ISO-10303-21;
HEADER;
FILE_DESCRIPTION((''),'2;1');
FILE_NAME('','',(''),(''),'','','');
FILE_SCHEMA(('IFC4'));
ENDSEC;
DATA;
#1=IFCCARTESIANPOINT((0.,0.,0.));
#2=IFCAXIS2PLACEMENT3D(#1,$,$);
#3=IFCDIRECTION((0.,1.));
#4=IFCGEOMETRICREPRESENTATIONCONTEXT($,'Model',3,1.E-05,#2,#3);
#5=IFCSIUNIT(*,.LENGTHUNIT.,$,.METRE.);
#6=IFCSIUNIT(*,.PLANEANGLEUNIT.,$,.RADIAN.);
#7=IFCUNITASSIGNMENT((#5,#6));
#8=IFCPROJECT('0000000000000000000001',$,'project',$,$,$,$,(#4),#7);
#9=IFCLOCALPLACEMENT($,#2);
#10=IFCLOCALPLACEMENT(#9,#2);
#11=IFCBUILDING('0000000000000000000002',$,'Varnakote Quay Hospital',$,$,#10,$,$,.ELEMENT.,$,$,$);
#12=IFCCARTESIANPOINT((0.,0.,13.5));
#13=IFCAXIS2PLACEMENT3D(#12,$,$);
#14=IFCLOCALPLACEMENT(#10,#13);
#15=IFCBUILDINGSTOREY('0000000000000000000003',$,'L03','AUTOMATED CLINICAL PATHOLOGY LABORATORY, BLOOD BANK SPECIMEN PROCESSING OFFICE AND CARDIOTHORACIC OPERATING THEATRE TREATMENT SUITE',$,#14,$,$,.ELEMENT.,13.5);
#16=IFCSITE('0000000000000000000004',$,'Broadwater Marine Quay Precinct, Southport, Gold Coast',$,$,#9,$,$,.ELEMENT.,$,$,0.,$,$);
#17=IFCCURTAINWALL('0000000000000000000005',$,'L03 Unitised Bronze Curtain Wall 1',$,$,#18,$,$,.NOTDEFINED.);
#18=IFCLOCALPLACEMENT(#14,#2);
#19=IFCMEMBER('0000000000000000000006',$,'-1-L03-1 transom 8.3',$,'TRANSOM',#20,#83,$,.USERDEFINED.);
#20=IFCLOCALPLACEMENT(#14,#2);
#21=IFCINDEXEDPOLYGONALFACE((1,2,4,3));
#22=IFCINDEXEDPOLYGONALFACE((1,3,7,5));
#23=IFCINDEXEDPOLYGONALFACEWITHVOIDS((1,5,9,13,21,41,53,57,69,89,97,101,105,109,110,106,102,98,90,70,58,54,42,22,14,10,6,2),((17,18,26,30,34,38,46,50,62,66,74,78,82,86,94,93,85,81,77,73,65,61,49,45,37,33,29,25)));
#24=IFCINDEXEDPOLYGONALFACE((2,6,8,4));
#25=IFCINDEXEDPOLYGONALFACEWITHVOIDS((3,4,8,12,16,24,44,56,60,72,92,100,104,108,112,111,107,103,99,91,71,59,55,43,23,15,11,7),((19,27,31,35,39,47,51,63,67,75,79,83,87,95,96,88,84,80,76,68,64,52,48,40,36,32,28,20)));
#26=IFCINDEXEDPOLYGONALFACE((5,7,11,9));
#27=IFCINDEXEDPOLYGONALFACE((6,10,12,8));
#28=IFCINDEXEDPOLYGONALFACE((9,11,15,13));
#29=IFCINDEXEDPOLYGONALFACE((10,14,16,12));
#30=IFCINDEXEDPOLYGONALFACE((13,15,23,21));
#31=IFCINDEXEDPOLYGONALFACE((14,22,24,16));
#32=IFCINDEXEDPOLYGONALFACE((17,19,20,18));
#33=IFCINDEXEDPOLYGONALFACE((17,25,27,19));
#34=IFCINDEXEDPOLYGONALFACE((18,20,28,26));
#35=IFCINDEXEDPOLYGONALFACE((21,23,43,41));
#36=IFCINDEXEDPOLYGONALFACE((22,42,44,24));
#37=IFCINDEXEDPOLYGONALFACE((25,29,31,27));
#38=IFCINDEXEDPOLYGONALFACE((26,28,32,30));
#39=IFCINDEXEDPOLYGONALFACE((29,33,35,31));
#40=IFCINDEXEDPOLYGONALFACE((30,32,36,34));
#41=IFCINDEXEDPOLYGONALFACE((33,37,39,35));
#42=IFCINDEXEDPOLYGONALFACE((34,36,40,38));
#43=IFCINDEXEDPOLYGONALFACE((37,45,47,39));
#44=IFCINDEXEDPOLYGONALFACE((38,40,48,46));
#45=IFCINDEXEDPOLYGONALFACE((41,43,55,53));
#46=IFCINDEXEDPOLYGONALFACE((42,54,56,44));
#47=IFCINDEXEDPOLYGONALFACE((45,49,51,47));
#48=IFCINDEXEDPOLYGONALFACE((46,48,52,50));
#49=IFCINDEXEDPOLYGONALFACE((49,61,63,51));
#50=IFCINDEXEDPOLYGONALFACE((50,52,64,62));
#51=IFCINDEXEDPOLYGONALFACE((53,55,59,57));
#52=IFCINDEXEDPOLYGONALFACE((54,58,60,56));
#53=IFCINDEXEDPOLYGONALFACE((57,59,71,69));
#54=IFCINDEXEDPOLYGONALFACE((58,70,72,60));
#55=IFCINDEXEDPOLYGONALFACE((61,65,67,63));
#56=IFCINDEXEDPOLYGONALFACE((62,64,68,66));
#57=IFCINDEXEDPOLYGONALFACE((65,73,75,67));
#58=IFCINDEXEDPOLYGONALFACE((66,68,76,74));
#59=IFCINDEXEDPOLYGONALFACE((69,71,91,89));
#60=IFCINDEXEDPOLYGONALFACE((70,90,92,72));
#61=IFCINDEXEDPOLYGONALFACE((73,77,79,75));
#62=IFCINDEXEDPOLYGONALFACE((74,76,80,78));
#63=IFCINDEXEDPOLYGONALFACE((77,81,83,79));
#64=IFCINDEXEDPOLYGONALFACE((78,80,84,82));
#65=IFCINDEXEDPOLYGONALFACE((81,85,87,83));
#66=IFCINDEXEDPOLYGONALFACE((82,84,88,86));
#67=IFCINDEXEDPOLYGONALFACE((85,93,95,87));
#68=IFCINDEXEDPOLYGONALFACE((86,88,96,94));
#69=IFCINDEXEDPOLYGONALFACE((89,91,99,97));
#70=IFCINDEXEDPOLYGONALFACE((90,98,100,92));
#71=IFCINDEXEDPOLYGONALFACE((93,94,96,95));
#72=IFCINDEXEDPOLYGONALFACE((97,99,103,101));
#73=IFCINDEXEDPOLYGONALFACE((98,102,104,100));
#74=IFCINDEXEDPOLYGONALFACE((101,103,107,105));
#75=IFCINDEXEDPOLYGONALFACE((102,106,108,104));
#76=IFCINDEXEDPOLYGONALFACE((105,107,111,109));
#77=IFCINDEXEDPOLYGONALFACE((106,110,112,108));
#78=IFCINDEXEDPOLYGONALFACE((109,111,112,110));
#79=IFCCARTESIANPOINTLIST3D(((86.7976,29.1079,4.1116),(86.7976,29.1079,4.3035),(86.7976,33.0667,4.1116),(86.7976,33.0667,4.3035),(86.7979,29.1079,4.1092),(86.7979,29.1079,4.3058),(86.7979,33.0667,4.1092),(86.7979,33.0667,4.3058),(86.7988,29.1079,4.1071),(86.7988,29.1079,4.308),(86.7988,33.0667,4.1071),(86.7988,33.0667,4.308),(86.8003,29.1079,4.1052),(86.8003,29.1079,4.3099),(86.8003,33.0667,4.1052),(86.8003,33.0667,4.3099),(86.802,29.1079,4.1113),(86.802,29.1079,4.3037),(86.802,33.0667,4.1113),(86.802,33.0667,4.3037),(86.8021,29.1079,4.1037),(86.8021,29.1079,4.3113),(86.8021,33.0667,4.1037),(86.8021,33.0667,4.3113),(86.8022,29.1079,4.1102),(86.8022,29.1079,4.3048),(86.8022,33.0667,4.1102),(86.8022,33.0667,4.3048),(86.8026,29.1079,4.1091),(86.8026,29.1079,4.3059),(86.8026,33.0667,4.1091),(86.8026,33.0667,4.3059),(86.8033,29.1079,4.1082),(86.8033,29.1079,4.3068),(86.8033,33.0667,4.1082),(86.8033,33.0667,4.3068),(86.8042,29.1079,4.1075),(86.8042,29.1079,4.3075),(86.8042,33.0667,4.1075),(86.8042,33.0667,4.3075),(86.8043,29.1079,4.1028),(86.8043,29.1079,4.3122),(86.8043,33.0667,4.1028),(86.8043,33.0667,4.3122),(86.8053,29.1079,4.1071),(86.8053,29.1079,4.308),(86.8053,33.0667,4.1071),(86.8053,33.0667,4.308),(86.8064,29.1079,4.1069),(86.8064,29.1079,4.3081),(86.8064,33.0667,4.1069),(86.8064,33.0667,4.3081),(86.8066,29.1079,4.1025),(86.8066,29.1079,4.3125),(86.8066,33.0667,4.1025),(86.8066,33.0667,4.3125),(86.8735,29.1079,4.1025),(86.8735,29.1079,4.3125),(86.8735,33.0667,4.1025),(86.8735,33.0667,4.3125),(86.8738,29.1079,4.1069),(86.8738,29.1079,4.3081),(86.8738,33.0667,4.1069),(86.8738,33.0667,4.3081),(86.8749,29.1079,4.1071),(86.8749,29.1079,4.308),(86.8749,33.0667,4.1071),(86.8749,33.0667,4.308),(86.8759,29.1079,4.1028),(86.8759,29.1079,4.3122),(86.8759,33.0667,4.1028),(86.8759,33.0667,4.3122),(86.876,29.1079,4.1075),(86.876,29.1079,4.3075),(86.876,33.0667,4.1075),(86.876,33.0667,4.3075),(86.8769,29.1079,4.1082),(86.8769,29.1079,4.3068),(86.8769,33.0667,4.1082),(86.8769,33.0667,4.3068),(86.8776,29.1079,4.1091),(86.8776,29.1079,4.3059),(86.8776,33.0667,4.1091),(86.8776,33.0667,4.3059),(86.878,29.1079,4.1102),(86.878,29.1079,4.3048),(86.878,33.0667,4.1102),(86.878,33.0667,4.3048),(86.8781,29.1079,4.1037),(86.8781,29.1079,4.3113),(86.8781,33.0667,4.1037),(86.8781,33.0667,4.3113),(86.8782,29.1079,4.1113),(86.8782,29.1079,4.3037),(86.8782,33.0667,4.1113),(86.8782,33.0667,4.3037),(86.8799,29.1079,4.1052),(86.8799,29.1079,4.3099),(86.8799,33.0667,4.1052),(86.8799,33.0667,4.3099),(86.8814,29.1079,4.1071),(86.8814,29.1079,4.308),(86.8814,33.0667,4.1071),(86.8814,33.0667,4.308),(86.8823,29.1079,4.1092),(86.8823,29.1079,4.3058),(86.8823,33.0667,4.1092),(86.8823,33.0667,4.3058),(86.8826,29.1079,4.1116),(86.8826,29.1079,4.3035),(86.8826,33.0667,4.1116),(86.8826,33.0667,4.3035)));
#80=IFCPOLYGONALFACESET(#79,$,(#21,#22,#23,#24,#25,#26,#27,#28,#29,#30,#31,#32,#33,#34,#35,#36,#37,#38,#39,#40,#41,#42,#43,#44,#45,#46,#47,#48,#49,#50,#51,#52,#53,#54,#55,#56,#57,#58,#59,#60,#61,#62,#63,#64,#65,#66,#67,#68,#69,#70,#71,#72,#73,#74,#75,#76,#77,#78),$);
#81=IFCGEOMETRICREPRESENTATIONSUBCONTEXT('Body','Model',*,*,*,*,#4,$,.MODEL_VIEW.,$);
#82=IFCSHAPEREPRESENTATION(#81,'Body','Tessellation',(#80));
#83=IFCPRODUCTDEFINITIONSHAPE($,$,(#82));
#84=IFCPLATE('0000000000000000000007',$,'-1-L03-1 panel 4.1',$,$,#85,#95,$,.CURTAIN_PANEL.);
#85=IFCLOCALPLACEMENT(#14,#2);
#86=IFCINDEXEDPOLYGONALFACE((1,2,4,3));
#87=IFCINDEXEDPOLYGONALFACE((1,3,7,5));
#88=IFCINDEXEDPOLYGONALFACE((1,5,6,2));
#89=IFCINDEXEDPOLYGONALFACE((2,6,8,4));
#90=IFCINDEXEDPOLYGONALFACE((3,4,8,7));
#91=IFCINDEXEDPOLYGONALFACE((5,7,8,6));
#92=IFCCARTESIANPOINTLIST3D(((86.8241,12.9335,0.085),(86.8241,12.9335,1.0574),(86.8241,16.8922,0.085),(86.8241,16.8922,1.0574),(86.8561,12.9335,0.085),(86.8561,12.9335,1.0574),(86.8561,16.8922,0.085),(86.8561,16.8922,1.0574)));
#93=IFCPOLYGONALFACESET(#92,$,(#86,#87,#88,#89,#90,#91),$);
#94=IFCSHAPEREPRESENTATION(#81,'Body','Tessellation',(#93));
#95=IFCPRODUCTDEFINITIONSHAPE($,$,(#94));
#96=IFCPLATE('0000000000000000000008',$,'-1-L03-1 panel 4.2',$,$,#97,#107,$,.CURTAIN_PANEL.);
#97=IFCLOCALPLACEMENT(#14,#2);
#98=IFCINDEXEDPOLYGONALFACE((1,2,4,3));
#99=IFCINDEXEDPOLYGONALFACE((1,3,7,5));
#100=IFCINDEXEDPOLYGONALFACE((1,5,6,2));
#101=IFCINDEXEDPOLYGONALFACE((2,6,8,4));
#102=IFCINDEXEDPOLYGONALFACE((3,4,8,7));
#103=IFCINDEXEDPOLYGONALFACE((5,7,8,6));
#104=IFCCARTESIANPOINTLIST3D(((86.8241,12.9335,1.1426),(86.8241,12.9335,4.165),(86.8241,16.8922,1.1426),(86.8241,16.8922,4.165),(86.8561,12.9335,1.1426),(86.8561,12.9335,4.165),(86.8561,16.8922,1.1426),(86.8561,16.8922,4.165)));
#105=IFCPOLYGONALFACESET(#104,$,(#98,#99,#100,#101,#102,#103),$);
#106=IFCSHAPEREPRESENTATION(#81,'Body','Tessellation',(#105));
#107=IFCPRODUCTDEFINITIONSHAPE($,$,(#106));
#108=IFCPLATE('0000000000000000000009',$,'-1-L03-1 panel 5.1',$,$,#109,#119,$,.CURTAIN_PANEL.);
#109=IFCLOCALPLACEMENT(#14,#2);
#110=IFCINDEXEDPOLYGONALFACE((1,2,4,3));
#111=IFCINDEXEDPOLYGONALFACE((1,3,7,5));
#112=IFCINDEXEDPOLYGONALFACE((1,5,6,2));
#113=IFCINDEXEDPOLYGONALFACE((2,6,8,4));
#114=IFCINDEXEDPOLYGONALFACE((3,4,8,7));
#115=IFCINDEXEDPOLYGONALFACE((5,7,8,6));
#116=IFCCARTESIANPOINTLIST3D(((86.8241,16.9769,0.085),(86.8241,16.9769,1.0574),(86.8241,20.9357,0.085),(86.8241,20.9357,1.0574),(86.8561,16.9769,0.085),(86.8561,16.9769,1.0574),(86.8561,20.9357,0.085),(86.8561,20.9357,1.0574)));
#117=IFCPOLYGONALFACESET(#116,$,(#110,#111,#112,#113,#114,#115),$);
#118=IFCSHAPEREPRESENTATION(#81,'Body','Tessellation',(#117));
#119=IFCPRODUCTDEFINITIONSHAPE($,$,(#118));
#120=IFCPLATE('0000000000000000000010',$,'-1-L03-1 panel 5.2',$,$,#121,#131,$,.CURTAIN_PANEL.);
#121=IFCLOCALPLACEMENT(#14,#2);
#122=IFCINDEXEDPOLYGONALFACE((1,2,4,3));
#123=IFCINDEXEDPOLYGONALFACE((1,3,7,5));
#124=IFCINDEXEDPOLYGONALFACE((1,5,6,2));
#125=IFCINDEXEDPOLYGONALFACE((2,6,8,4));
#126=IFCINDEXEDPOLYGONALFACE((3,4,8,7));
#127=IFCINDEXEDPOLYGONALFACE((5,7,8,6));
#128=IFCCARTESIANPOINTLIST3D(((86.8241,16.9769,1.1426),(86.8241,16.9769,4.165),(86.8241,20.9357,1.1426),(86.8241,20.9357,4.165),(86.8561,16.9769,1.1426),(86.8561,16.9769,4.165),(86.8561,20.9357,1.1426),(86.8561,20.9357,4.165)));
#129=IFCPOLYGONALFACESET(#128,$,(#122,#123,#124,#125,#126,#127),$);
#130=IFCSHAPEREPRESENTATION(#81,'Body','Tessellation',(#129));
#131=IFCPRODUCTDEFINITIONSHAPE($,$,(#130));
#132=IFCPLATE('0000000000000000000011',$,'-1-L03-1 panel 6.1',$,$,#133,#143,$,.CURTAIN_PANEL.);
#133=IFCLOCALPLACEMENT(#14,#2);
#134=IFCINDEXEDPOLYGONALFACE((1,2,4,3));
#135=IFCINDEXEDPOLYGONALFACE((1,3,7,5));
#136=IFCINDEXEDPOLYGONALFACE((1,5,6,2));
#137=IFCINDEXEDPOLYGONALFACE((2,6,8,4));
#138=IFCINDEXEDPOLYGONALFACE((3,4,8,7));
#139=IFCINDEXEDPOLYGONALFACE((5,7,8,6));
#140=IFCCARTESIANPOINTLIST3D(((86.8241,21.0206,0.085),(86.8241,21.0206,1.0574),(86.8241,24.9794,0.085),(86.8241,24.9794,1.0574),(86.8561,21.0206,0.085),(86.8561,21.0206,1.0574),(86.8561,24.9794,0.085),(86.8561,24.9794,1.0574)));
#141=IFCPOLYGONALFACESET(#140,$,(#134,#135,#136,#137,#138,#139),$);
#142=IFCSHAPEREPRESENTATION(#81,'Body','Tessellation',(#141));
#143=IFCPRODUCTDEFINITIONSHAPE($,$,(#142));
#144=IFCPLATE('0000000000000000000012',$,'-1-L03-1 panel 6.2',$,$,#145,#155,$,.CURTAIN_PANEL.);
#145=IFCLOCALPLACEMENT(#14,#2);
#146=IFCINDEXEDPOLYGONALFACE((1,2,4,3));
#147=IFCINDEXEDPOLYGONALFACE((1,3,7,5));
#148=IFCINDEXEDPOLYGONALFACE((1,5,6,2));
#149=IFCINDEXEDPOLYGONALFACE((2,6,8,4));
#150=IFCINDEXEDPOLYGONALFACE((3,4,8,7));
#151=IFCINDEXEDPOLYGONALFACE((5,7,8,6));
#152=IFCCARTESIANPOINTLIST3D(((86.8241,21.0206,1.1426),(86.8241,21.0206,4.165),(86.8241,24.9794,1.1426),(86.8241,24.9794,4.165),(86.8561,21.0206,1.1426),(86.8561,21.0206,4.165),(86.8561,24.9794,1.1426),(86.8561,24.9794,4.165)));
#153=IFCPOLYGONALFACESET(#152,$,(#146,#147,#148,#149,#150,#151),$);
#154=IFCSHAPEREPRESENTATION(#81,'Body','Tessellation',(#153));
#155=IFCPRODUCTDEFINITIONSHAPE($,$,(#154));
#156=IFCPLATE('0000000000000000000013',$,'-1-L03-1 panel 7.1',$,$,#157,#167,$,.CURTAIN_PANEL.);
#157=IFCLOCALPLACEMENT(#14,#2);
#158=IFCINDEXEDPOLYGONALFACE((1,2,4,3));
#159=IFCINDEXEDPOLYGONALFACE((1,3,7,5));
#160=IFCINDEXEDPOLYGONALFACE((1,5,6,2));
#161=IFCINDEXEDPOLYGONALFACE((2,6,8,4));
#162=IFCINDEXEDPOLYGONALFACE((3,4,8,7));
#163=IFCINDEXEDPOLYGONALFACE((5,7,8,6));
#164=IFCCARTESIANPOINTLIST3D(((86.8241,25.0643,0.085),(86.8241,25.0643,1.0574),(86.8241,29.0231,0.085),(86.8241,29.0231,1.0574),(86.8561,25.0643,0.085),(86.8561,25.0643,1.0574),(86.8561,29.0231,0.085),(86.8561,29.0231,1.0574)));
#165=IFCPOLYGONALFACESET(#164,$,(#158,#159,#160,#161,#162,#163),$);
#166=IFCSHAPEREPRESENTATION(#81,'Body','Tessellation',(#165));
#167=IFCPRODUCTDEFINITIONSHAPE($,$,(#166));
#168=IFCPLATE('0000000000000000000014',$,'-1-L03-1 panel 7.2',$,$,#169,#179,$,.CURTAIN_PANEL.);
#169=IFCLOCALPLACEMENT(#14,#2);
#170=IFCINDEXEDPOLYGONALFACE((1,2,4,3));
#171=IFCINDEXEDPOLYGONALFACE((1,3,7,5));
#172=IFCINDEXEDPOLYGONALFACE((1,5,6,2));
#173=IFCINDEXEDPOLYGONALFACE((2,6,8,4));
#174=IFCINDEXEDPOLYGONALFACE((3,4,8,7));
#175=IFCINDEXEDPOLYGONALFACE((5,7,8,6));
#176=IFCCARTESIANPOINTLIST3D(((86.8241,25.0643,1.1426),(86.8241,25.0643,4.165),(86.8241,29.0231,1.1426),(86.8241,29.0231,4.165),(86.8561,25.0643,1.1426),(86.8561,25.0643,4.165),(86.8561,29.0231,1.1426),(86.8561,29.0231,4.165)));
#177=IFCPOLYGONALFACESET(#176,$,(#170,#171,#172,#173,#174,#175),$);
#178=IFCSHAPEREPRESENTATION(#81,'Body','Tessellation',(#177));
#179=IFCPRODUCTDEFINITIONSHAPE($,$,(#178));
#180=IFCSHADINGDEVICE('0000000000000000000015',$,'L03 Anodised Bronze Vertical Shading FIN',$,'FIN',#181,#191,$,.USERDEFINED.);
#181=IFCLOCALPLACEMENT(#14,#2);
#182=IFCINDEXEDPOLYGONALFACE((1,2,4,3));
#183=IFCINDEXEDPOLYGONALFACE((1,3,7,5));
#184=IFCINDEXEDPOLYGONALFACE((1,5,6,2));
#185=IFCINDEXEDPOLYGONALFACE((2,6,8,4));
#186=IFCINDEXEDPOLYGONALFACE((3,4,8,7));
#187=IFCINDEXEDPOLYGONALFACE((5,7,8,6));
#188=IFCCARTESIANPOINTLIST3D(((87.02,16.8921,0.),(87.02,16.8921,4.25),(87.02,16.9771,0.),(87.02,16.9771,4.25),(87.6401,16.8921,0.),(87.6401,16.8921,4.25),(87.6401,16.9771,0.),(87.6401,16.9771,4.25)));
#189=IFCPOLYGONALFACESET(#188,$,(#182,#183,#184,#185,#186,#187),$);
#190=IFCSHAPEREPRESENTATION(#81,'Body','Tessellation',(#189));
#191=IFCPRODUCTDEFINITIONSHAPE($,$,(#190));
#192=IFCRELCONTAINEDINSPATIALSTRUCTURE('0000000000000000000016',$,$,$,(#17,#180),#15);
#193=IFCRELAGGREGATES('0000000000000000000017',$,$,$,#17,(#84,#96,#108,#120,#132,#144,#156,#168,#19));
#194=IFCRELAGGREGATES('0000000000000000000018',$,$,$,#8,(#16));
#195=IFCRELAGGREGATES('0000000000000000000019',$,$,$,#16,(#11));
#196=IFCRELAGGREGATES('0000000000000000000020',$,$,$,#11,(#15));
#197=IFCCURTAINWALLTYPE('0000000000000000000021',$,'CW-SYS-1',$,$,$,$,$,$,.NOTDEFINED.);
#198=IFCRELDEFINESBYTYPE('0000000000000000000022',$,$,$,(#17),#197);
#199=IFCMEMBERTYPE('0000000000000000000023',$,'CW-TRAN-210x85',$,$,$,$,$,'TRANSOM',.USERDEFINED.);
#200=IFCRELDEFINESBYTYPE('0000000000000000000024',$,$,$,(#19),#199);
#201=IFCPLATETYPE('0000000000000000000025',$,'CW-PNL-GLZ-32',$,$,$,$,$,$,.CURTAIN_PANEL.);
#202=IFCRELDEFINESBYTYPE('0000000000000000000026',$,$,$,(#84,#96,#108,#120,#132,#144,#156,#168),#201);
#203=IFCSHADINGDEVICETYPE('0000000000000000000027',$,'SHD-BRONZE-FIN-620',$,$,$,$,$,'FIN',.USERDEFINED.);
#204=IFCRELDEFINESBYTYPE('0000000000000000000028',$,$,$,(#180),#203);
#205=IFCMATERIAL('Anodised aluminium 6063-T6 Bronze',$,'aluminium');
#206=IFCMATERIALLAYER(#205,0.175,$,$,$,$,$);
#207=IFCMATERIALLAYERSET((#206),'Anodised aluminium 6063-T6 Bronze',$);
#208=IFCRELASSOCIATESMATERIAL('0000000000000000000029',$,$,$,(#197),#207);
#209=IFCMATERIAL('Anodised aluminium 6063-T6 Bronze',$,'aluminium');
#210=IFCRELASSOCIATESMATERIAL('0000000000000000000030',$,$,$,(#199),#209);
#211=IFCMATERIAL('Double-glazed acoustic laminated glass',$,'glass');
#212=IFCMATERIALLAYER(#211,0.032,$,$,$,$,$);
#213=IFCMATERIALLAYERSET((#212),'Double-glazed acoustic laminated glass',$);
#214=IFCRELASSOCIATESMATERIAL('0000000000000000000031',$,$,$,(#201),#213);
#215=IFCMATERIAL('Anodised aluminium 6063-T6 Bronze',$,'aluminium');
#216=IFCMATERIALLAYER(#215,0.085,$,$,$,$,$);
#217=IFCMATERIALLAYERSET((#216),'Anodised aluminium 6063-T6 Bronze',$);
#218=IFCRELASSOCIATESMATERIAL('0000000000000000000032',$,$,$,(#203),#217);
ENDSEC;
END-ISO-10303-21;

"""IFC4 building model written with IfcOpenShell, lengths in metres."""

from ifc_helpers import new_model, si_unit, direction, frame, origin, origin_2d, place, context, subcontext, project, spatial, rectangle, hollow_rectangle, extrude, material, layer, layer_set, material_profile, profile_set, type_object, element, aggregate, save


model = new_model("IFC4")

# Units and contexts
model_context = context("Model", 3, precision=1e-05, world=origin(), true_north=direction((0.0, 1.0)))
body_context = subcontext(model_context, "Body", "Model", "MODEL_VIEW")
ifc_project = project(units=[si_unit("LENGTHUNIT", "METRE"), si_unit("PLANEANGLEUNIT", "RADIAN")], contexts=[model_context])

# Site, building, storey
site_placement = place(None, origin())
site = spatial("IfcSite", under=ifc_project, at=site_placement, Name="Broadwater Marine Quay Precinct, Southport, Gold Coast", CompositionType="ELEMENT", RefElevation=0.0)
building_placement = place(site_placement, origin())
building = spatial("IfcBuilding", under=site, at=building_placement, Name="Varnakote Quay Hospital", CompositionType="ELEMENT")
storey_placement = place(building_placement, frame((0.0, 0.0, 13.5)))
storey = spatial("IfcBuildingStorey", under=building, at=storey_placement, Name="L03", Description="AUTOMATED CLINICAL PATHOLOGY LABORATORY, BLOOD BANK SPECIMEN PROCESSING OFFICE AND CARDIOTHORACIC OPERATING THEATRE TREATMENT SUITE", CompositionType="ELEMENT", Elevation=13.5)

# Curtain wall, member, plates
ifc_material_1 = material(Name="Anodised aluminium 6063-T6 Bronze", Category="aluminium")
ifc_layer_1 = layer(ifc_material_1, 0.175)
ifc_layer_set_1 = layer_set([ifc_layer_1], Name="Anodised aluminium 6063-T6 Bronze")
curtain_wall_type = type_object("IfcCurtainWallType", Name="CW-SYS-1", PredefinedType="NOTDEFINED", material=ifc_layer_set_1)
curtain_wall_placement = place(storey_placement, origin())
curtain_wall = element("IfcCurtainWall", 1, at=curtain_wall_placement, inside=storey, type_object=curtain_wall_type, Name="L03 Unitised Bronze Curtain Wall 1", PredefinedType="NOTDEFINED")
ifc_material_2 = material(Name="Anodised aluminium 6063-T6 Bronze", Category="aluminium")
ifc_material_profile_1 = material_profile(ifc_material_2, hollow_rectangle(XDim=0.085, YDim=0.21, WallThickness=0.0044, InnerFilletRadius=0.0044, OuterFilletRadius=0.009, at=origin_2d()), Name="CW-TRAN-210x85")
ifc_profile_set_1 = profile_set([ifc_material_profile_1], Name="Anodised aluminium 6063-T6 Bronze")
member_type_1 = type_object("IfcMemberType", Name="CW-TRAN-210x85", ElementType="TRANSOM", PredefinedType="USERDEFINED", material=ifc_profile_set_1)
member_1_placement = place(storey_placement, frame((86.8401, 29.1079, 4.2075), z_axis=(0.0, 1.0, 0.0), x_axis=(-1.0, 0.0, 0.0)))
member_1 = element("IfcMember", 2, at=member_1_placement, type_object=member_type_1, Name="-1-L03-1 transom 8.3", ObjectType="TRANSOM", PredefinedType="USERDEFINED", context=body_context, shape_type="SweptSolid", body=[
    extrude(hollow_rectangle(XDim=0.085, YDim=0.21, WallThickness=0.0044, InnerFilletRadius=0.0044, OuterFilletRadius=0.009, at=origin_2d()), origin(), (0.0, 0.0, 1.0), 3.9587),
])
ifc_material_3 = material(Name="Double-glazed acoustic laminated glass", Category="glass")
ifc_layer_2 = layer(ifc_material_3, 0.032)
ifc_layer_set_2 = layer_set([ifc_layer_2], Name="Double-glazed acoustic laminated glass")
plate_type = type_object("IfcPlateType", Name="CW-PNL-GLZ-32", PredefinedType="CURTAIN_PANEL", material=ifc_layer_set_2)
plate_1_placement = place(storey_placement, frame((86.8401, 14.9128, 0.085), z_axis=(0.0, 0.0, 1.0), x_axis=(0.0, 1.0, 0.0)))
plate_1 = element("IfcPlate", 3, at=plate_1_placement, type_object=plate_type, Name="-1-L03-1 panel 4.1", PredefinedType="CURTAIN_PANEL", context=body_context, shape_type="SweptSolid", body=[
    extrude(rectangle(XDim=3.9587, YDim=0.032, at=origin_2d()), origin(), (0.0, 0.0, 1.0), 0.9724),
])
plate_2_placement = place(storey_placement, frame((86.8401, 14.9128, 1.1426), z_axis=(0.0, 0.0, 1.0), x_axis=(0.0, 1.0, 0.0)))
plate_2 = element("IfcPlate", 4, at=plate_2_placement, type_object=plate_type, Name="-1-L03-1 panel 4.2", PredefinedType="CURTAIN_PANEL", context=body_context, shape_type="SweptSolid", body=[
    extrude(rectangle(XDim=3.9587, YDim=0.032, at=origin_2d()), origin(), (0.0, 0.0, 1.0), 3.0225),
])
plate_3_placement = place(storey_placement, frame((86.8401, 18.9563, 0.085), z_axis=(0.0, 0.0, 1.0), x_axis=(0.0, 1.0, 0.0)))
plate_3 = element("IfcPlate", 5, at=plate_3_placement, type_object=plate_type, Name="-1-L03-1 panel 5.1", PredefinedType="CURTAIN_PANEL", context=body_context, shape_type="SweptSolid", body=[
    extrude(rectangle(XDim=3.9587, YDim=0.032, at=origin_2d()), origin(), (0.0, 0.0, 1.0), 0.9724),
])
plate_4_placement = place(storey_placement, frame((86.8401, 18.9563, 1.1426), z_axis=(0.0, 0.0, 1.0), x_axis=(0.0, 1.0, 0.0)))
plate_4 = element("IfcPlate", 6, at=plate_4_placement, type_object=plate_type, Name="-1-L03-1 panel 5.2", PredefinedType="CURTAIN_PANEL", context=body_context, shape_type="SweptSolid", body=[
    extrude(rectangle(XDim=3.9587, YDim=0.032, at=origin_2d()), origin(), (0.0, 0.0, 1.0), 3.0225),
])
plate_5_placement = place(storey_placement, frame((86.8401, 23.0, 0.085), z_axis=(0.0, 0.0, 1.0), x_axis=(0.0, 1.0, 0.0)))
plate_5 = element("IfcPlate", 7, at=plate_5_placement, type_object=plate_type, Name="-1-L03-1 panel 6.1", PredefinedType="CURTAIN_PANEL", context=body_context, shape_type="SweptSolid", body=[
    extrude(rectangle(XDim=3.9587, YDim=0.032, at=origin_2d()), origin(), (0.0, 0.0, 1.0), 0.9724),
])
plate_6_placement = place(storey_placement, frame((86.8401, 23.0, 1.1426), z_axis=(0.0, 0.0, 1.0), x_axis=(0.0, 1.0, 0.0)))
plate_6 = element("IfcPlate", 8, at=plate_6_placement, type_object=plate_type, Name="-1-L03-1 panel 6.2", PredefinedType="CURTAIN_PANEL", context=body_context, shape_type="SweptSolid", body=[
    extrude(rectangle(XDim=3.9587, YDim=0.032, at=origin_2d()), origin(), (0.0, 0.0, 1.0), 3.0225),
])
plate_7_placement = place(storey_placement, frame((86.8401, 27.0437, 0.085), z_axis=(0.0, 0.0, 1.0), x_axis=(0.0, 1.0, 0.0)))
plate_7 = element("IfcPlate", 9, at=plate_7_placement, type_object=plate_type, Name="-1-L03-1 panel 7.1", PredefinedType="CURTAIN_PANEL", context=body_context, shape_type="SweptSolid", body=[
    extrude(rectangle(XDim=3.9587, YDim=0.032, at=origin_2d()), origin(), (0.0, 0.0, 1.0), 0.9724),
])
plate_8_placement = place(storey_placement, frame((86.8401, 27.0437, 1.1426), z_axis=(0.0, 0.0, 1.0), x_axis=(0.0, 1.0, 0.0)))
plate_8 = element("IfcPlate", 10, at=plate_8_placement, type_object=plate_type, Name="-1-L03-1 panel 7.2", PredefinedType="CURTAIN_PANEL", context=body_context, shape_type="SweptSolid", body=[
    extrude(rectangle(XDim=3.9587, YDim=0.032, at=origin_2d()), origin(), (0.0, 0.0, 1.0), 3.0225),
])
aggregate(curtain_wall, [plate_1, plate_2, plate_3, plate_4, plate_5, plate_6, plate_7, plate_8, member_1])

# Shading device
ifc_material_4 = material(Name="Anodised aluminium 6063-T6 Bronze", Category="aluminium")
ifc_layer_3 = layer(ifc_material_4, 0.085)
ifc_layer_set_3 = layer_set([ifc_layer_3], Name="Anodised aluminium 6063-T6 Bronze")
shading_device_type = type_object("IfcShadingDeviceType", Name="SHD-BRONZE-FIN-620", ElementType="FIN", PredefinedType="USERDEFINED", material=ifc_layer_set_3)
for number, where, z_axis, x_axis, name in (
    (11, (87.3301, 16.9346, 0.0), (0.0, 0.0, 1.0), (-1.0, 0.0, 0.0), "L03 Anodised Bronze Vertical Shading FIN"),
):
    element("IfcShadingDevice", number, at=place(storey_placement, frame(where, z_axis=z_axis, x_axis=x_axis)), inside=storey, type_object=shading_device_type, Name=name, ObjectType="FIN", PredefinedType="USERDEFINED", context=body_context, shape_type="SweptSolid", body=[
        extrude(rectangle(XDim=0.6201, YDim=0.085, at=origin_2d()), origin(), (0.0, 0.0, 1.0), 4.25),
    ])

save(model, "model.ifc")
